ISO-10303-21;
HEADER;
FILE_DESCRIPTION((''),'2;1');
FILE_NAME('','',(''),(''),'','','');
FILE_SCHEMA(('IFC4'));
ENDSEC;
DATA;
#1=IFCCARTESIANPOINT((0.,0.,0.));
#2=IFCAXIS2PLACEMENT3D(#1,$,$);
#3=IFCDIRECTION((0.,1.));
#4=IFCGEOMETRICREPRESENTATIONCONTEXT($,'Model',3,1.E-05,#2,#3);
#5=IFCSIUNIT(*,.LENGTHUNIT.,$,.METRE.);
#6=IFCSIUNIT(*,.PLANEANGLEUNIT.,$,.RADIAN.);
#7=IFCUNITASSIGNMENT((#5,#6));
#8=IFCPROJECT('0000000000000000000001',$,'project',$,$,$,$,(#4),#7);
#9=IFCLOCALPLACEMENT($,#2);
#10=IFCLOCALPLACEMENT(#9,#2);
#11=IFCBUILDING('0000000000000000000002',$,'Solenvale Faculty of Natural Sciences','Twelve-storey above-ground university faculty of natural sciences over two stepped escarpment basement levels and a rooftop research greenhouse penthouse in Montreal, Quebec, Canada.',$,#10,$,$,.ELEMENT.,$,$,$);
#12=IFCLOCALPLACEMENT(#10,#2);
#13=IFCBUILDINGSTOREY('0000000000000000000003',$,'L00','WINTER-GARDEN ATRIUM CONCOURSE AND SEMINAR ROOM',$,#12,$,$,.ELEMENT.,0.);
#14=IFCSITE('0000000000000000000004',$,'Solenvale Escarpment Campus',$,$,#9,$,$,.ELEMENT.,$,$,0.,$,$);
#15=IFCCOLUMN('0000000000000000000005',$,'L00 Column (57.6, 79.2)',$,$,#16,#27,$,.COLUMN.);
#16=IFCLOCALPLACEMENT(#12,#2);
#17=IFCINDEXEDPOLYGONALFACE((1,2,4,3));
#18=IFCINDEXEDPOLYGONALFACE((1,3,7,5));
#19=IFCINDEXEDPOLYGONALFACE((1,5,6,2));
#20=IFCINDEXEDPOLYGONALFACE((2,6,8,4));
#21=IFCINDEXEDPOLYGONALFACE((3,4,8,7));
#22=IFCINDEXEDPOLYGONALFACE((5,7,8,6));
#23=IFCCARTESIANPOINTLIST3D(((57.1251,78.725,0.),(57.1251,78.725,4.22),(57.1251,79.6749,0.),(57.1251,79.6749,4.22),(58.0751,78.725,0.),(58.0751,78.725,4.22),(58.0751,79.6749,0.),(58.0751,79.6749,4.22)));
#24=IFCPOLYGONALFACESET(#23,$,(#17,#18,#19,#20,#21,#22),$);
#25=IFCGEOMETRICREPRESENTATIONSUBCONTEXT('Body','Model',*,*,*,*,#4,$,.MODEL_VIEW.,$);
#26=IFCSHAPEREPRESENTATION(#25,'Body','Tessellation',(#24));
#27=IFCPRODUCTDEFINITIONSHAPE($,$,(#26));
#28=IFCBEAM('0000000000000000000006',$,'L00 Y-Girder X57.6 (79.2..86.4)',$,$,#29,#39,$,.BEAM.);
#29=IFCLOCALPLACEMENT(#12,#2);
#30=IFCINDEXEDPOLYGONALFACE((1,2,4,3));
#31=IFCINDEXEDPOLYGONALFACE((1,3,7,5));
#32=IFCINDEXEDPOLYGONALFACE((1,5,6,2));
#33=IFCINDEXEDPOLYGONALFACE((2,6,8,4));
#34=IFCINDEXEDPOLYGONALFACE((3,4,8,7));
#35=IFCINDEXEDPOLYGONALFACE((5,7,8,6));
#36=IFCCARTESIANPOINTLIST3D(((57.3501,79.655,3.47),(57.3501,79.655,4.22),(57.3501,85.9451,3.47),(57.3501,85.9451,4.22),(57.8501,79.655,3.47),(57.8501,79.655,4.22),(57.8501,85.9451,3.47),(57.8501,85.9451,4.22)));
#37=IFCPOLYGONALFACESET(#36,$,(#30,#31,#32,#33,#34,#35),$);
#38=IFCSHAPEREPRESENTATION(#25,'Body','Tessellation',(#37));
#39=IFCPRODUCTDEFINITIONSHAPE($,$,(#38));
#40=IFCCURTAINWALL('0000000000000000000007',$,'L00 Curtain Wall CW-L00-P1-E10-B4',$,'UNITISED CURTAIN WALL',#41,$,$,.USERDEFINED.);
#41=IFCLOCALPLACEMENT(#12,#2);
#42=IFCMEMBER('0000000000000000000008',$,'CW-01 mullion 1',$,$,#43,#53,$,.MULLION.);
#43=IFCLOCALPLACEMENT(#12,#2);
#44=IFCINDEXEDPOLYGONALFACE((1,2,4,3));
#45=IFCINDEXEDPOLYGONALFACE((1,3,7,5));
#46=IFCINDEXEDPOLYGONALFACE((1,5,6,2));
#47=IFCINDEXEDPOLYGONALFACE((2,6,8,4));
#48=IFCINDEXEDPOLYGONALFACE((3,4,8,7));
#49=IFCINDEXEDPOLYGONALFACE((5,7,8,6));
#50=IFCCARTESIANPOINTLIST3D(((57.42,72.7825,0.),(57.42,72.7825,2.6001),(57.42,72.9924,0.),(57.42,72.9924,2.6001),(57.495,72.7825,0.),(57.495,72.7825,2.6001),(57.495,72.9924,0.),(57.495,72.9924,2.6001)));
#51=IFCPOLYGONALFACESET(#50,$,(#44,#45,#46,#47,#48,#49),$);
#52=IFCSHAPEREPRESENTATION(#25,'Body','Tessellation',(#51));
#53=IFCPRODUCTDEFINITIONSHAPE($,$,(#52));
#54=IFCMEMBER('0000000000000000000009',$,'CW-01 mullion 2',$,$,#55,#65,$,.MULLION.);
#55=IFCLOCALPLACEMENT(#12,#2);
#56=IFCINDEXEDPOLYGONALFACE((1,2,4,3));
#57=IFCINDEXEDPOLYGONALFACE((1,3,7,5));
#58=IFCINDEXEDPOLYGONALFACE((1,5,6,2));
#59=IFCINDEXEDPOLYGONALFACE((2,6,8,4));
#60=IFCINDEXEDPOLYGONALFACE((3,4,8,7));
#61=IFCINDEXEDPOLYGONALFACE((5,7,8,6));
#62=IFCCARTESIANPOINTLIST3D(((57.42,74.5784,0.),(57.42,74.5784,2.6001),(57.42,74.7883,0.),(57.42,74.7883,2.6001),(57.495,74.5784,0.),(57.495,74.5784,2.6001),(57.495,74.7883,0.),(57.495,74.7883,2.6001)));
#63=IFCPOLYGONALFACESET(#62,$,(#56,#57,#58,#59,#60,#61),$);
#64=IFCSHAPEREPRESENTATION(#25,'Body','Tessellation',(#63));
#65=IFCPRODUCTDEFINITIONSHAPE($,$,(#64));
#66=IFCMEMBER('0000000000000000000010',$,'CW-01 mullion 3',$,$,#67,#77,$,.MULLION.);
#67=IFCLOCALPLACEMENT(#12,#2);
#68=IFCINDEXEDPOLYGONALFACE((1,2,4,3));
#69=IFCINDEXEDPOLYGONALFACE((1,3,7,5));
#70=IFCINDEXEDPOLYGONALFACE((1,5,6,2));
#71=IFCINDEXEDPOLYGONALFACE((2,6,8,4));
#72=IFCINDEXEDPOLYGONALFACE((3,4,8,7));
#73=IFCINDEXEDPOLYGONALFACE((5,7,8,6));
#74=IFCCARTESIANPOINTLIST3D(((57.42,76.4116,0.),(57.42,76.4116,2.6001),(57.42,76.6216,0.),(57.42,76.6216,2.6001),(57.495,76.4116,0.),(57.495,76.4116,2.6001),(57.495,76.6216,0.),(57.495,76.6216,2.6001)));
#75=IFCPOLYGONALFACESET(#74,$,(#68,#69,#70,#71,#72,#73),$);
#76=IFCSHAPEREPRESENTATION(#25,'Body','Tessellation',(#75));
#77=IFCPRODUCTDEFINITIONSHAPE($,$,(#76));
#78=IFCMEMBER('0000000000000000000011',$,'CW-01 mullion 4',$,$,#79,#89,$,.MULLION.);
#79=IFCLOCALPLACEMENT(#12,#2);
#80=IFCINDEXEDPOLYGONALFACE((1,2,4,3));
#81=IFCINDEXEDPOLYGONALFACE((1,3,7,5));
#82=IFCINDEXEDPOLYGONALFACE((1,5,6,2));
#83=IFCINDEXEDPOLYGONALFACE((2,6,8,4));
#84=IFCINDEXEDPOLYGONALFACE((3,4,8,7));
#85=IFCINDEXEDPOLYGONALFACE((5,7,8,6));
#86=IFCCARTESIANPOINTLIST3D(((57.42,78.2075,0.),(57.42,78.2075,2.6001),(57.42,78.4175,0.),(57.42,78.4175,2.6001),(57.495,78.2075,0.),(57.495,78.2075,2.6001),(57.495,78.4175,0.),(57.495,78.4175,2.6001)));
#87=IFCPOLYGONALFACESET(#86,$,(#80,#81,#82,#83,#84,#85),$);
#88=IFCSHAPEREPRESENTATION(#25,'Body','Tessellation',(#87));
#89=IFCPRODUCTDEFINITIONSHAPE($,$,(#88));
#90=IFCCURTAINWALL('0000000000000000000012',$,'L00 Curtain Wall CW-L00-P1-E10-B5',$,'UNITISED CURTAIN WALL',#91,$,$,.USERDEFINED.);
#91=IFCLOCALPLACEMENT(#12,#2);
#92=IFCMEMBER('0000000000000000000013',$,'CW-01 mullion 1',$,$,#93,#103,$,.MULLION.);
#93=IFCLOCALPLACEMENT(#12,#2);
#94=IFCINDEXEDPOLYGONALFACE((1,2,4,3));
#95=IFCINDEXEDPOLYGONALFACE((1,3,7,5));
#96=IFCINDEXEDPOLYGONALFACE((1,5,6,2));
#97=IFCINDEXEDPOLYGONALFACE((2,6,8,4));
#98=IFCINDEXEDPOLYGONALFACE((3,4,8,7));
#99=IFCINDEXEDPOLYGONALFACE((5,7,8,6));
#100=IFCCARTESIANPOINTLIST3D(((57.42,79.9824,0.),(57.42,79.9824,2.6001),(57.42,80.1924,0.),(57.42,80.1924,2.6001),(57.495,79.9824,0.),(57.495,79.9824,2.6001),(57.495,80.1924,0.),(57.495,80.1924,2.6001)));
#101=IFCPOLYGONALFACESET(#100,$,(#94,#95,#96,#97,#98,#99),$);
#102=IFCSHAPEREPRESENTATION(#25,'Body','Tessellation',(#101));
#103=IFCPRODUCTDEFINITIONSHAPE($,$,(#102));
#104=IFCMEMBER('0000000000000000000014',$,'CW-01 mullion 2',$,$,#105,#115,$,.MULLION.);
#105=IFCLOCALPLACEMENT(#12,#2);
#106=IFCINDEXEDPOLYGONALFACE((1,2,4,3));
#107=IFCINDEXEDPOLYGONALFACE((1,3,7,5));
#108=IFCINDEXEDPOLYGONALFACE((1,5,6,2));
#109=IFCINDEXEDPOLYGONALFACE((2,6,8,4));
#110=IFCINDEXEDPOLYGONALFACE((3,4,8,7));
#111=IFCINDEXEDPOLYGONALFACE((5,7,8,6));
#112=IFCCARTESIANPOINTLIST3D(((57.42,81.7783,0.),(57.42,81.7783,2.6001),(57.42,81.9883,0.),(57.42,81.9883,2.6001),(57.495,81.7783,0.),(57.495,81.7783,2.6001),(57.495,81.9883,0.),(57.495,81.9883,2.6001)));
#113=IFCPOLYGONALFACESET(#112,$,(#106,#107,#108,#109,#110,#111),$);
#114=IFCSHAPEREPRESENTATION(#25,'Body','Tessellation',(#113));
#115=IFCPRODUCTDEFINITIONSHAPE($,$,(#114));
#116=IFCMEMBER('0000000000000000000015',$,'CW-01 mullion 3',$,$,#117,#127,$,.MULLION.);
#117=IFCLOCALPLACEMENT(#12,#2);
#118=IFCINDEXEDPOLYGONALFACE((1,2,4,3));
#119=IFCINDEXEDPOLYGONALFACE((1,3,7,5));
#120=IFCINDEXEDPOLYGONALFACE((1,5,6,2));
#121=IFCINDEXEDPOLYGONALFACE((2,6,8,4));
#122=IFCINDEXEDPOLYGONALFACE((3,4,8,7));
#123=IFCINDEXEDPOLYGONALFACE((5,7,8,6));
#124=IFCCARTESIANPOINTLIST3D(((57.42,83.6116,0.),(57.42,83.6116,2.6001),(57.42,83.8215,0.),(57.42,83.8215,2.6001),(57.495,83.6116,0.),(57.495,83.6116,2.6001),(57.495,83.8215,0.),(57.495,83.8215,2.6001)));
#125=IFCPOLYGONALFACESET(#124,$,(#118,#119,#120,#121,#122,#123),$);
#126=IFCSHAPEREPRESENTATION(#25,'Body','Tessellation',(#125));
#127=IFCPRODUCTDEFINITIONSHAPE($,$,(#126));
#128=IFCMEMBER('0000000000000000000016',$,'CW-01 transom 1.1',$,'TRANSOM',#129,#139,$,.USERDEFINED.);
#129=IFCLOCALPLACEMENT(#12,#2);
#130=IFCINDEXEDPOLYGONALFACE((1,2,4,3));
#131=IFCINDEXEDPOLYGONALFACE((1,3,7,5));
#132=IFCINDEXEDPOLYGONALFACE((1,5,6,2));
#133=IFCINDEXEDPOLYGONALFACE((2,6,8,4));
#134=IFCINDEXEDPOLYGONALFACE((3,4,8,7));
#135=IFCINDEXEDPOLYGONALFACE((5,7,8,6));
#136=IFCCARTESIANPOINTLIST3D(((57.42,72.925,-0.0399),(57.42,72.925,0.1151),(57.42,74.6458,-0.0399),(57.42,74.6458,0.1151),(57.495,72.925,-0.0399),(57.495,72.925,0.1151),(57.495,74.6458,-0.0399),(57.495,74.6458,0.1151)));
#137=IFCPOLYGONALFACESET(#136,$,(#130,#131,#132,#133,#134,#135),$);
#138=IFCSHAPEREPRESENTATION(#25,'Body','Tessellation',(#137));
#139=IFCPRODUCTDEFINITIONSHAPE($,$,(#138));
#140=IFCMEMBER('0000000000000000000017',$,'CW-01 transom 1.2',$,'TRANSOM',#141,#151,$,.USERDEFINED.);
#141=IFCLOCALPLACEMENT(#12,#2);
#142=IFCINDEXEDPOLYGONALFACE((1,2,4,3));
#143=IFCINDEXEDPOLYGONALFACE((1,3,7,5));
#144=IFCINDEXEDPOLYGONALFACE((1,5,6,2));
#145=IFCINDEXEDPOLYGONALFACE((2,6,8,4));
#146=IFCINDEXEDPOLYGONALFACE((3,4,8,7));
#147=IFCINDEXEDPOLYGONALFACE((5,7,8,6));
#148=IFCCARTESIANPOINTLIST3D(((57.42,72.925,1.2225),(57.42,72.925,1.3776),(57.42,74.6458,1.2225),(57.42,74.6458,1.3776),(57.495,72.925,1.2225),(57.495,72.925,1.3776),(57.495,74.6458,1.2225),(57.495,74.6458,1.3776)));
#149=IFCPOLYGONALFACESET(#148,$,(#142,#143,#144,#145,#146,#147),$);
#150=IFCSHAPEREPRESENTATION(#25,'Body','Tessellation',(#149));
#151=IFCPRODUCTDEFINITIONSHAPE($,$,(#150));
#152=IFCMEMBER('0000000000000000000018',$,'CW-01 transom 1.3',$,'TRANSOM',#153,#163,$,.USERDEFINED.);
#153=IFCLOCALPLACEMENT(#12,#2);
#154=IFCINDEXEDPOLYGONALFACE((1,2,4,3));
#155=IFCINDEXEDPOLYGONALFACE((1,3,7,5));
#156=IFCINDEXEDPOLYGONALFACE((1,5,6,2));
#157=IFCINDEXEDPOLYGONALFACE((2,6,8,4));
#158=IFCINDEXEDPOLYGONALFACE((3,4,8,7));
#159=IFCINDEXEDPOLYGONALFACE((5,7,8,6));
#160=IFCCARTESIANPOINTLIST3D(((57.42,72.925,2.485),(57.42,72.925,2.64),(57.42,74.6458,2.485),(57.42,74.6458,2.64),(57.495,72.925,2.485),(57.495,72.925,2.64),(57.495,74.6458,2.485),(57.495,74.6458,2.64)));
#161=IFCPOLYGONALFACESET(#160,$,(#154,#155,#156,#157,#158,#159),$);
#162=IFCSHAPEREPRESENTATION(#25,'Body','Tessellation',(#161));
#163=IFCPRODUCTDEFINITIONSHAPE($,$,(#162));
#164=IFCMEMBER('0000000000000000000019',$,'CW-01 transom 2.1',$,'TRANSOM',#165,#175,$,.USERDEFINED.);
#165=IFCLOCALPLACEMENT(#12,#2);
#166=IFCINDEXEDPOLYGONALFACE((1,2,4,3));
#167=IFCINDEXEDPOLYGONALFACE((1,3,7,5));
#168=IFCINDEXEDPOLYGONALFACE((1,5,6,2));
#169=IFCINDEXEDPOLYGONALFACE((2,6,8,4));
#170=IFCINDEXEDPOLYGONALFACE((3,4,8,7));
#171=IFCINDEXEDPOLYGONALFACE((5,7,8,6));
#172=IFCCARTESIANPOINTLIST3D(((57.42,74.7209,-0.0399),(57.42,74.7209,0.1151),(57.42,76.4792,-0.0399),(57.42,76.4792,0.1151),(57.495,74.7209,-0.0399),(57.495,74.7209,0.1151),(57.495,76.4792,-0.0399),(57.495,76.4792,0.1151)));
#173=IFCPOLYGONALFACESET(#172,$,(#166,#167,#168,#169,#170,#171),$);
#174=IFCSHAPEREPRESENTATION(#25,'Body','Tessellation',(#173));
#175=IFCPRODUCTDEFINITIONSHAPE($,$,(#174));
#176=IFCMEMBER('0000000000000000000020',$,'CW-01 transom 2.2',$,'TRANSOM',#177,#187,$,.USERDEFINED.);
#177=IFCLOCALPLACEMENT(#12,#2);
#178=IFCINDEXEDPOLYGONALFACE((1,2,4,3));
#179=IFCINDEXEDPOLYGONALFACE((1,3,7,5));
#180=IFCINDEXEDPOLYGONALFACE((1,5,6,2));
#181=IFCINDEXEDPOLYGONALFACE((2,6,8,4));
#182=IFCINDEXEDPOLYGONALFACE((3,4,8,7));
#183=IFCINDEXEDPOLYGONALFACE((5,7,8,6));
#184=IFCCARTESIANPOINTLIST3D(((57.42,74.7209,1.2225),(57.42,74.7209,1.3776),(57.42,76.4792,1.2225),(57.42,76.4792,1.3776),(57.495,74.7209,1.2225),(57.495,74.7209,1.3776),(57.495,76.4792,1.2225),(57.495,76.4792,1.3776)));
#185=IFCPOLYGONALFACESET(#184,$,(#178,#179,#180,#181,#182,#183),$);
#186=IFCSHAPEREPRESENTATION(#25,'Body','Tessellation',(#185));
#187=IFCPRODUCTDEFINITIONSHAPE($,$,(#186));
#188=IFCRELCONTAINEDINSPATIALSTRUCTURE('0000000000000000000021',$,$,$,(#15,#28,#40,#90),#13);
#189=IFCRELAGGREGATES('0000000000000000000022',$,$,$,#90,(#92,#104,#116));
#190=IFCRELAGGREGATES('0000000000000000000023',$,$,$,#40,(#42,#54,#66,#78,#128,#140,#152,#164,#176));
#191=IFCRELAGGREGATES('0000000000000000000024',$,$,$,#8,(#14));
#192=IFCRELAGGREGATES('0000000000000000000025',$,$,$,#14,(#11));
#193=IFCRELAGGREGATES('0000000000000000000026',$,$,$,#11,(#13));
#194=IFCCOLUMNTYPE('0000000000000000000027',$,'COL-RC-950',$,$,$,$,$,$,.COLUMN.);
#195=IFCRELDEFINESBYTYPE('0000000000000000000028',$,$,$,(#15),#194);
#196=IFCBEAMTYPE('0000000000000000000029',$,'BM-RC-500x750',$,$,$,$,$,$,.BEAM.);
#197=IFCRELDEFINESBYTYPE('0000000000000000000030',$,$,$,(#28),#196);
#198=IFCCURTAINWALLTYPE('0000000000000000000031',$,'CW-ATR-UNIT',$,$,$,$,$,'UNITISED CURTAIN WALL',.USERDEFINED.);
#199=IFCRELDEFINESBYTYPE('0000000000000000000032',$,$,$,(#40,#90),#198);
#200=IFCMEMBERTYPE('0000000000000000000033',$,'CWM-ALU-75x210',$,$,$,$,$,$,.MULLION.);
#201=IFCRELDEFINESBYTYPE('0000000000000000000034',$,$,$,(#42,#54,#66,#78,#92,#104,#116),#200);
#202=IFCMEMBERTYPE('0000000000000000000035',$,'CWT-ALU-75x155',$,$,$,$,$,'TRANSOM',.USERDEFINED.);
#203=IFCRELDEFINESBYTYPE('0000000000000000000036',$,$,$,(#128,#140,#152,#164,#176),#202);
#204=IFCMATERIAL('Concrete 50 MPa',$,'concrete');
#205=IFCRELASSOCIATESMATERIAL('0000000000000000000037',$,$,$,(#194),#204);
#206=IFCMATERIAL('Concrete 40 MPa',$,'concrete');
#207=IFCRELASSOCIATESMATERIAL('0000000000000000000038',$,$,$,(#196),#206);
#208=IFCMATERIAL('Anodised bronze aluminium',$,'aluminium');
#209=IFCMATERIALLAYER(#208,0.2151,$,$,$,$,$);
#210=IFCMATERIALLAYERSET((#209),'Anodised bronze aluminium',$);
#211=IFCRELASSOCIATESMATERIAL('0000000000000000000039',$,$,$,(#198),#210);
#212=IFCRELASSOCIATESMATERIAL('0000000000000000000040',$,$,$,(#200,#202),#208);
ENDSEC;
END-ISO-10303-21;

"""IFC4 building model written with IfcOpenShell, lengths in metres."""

from ifc_helpers import new_model, si_unit, direction, frame, origin, origin_2d, place, context, subcontext, project, spatial, rectangle, extrude, material, layer, layer_set, material_profile, profile_set, type_object, element, aggregate, save


model = new_model("IFC4")

# Units and contexts
model_context = context("Model", 3, precision=1e-05, world=origin(), true_north=direction((0.0, 1.0)))
body_context = subcontext(model_context, "Body", "Model", "MODEL_VIEW")
ifc_project = project(units=[si_unit("LENGTHUNIT", "METRE"), si_unit("PLANEANGLEUNIT", "RADIAN")], contexts=[model_context])

# Site, building, storey
site_placement = place(None, origin())
site = spatial("IfcSite", under=ifc_project, at=site_placement, Name="Solenvale Escarpment Campus", CompositionType="ELEMENT", RefElevation=0.0)
building_placement = place(site_placement, origin())
building = spatial("IfcBuilding", under=site, at=building_placement, Name="Solenvale Faculty of Natural Sciences", Description="Twelve-storey above-ground university faculty of natural sciences over two stepped escarpment basement levels and a rooftop research greenhouse penthouse in Montreal, Quebec, Canada.", CompositionType="ELEMENT")
storey_placement = place(building_placement, origin())
storey = spatial("IfcBuildingStorey", under=building, at=storey_placement, Name="L00", Description="WINTER-GARDEN ATRIUM CONCOURSE AND SEMINAR ROOM", CompositionType="ELEMENT", Elevation=0.0)

# Column
ifc_material_1 = material(Name="Concrete 50 MPa", Category="concrete")
ifc_material_profile_1 = material_profile(ifc_material_1, rectangle(XDim=0.95, YDim=0.95, at=origin_2d()), Name="RC-COL-950x950")
ifc_profile_set_1 = profile_set([ifc_material_profile_1], Name="Concrete 50 MPa")
column_type = type_object("IfcColumnType", Name="COL-RC-950", PredefinedType="COLUMN", material=ifc_profile_set_1)
column_placement = place(storey_placement, frame((57.6001, 79.2, 0.0), z_axis=(0.0, 0.0, 1.0), x_axis=(1.0, 0.0, 0.0)))
element("IfcColumn", 1, at=column_placement, inside=storey, type_object=column_type, Name="L00 Column (57.6, 79.2)", PredefinedType="COLUMN", context=body_context, shape_type="SweptSolid", body=[
    extrude(rectangle(XDim=0.95, YDim=0.95, at=origin_2d()), origin(), (0.0, 0.0, 1.0), 4.22),
])

# Beam
ifc_material_2 = material(Name="Concrete 40 MPa", Category="concrete")
ifc_material_profile_2 = material_profile(ifc_material_2, rectangle(XDim=0.5, YDim=0.75, at=origin_2d()), Name="RC-BM-500x750")
ifc_profile_set_2 = profile_set([ifc_material_profile_2], Name="Concrete 40 MPa")
beam_type = type_object("IfcBeamType", Name="BM-RC-500x750", PredefinedType="BEAM", material=ifc_profile_set_2)
beam_placement = place(storey_placement, frame((57.6001, 79.655, 3.845), z_axis=(0.0, 1.0, 0.0), x_axis=(-1.0, 0.0, 0.0)))
element("IfcBeam", 2, at=beam_placement, inside=storey, type_object=beam_type, Name="L00 Y-Girder X57.6 (79.2..86.4)", PredefinedType="BEAM", context=body_context, shape_type="SweptSolid", body=[
    extrude(rectangle(XDim=0.5, YDim=0.75, at=origin_2d()), origin(), (0.0, 0.0, 1.0), 6.29),
])

# Curtain walls, members
ifc_material_3 = material(Name="Anodised bronze aluminium", Category="aluminium")
ifc_layer_1 = layer(ifc_material_3, 0.2151)
ifc_layer_set_1 = layer_set([ifc_layer_1], Name="Anodised bronze aluminium")
curtain_wall_type = type_object("IfcCurtainWallType", Name="CW-ATR-UNIT", ElementType="UNITISED CURTAIN WALL", PredefinedType="USERDEFINED", material=ifc_layer_set_1)
curtain_wall_1_placement = place(storey_placement, origin())
curtain_wall_1 = element("IfcCurtainWall", 3, at=curtain_wall_1_placement, inside=storey, type_object=curtain_wall_type, Name="L00 Curtain Wall CW-L00-P1-E10-B4", ObjectType="UNITISED CURTAIN WALL", PredefinedType="USERDEFINED")
ifc_material_profile_3 = material_profile(ifc_material_3, rectangle(XDim=0.075, YDim=0.21, at=origin_2d()), Name="ALU-MUL-75x210")
ifc_profile_set_3 = profile_set([ifc_material_profile_3], Name="Anodised bronze aluminium")
member_type_1 = type_object("IfcMemberType", Name="CWM-ALU-75x210", PredefinedType="MULLION", material=ifc_profile_set_3)
member_1_placement = place(storey_placement, frame((57.4575, 72.8875, 0.0), z_axis=(0.0, 0.0, 1.0), x_axis=(-1.0, 0.0, 0.0)))
member_1 = element("IfcMember", 4, at=member_1_placement, type_object=member_type_1, Name="CW-01 mullion 1", PredefinedType="MULLION", context=body_context, shape_type="SweptSolid", body=[
    extrude(rectangle(XDim=0.075, YDim=0.21, at=origin_2d()), origin(), (0.0, 0.0, 1.0), 2.6001),
])
member_2_placement = place(storey_placement, frame((57.4575, 74.6833, 0.0), z_axis=(0.0, 0.0, 1.0), x_axis=(-1.0, 0.0, 0.0)))
member_2 = element("IfcMember", 5, at=member_2_placement, type_object=member_type_1, Name="CW-01 mullion 2", PredefinedType="MULLION", context=body_context, shape_type="SweptSolid", body=[
    extrude(rectangle(XDim=0.075, YDim=0.21, at=origin_2d()), origin(), (0.0, 0.0, 1.0), 2.6001),
])
member_3_placement = place(storey_placement, frame((57.4575, 76.5166, 0.0), z_axis=(0.0, 0.0, 1.0), x_axis=(-1.0, 0.0, 0.0)))
member_3 = element("IfcMember", 6, at=member_3_placement, type_object=member_type_1, Name="CW-01 mullion 3", PredefinedType="MULLION", context=body_context, shape_type="SweptSolid", body=[
    extrude(rectangle(XDim=0.075, YDim=0.21, at=origin_2d()), origin(), (0.0, 0.0, 1.0), 2.6001),
])
member_4_placement = place(storey_placement, frame((57.4575, 78.3125, 0.0), z_axis=(0.0, 0.0, 1.0), x_axis=(-1.0, 0.0, 0.0)))
member_4 = element("IfcMember", 7, at=member_4_placement, type_object=member_type_1, Name="CW-01 mullion 4", PredefinedType="MULLION", context=body_context, shape_type="SweptSolid", body=[
    extrude(rectangle(XDim=0.075, YDim=0.21, at=origin_2d()), origin(), (0.0, 0.0, 1.0), 2.6001),
])
curtain_wall_2_placement = place(storey_placement, origin())
curtain_wall_2 = element("IfcCurtainWall", 8, at=curtain_wall_2_placement, inside=storey, type_object=curtain_wall_type, Name="L00 Curtain Wall CW-L00-P1-E10-B5", ObjectType="UNITISED CURTAIN WALL", PredefinedType="USERDEFINED")
member_5_placement = place(storey_placement, frame((57.4575, 80.0874, 0.0), z_axis=(0.0, 0.0, 1.0), x_axis=(-1.0, 0.0, 0.0)))
member_5 = element("IfcMember", 9, at=member_5_placement, type_object=member_type_1, Name="CW-01 mullion 1", PredefinedType="MULLION", context=body_context, shape_type="SweptSolid", body=[
    extrude(rectangle(XDim=0.075, YDim=0.21, at=origin_2d()), origin(), (0.0, 0.0, 1.0), 2.6001),
])
member_6_placement = place(storey_placement, frame((57.4575, 81.8833, 0.0), z_axis=(0.0, 0.0, 1.0), x_axis=(-1.0, 0.0, 0.0)))
member_6 = element("IfcMember", 10, at=member_6_placement, type_object=member_type_1, Name="CW-01 mullion 2", PredefinedType="MULLION", context=body_context, shape_type="SweptSolid", body=[
    extrude(rectangle(XDim=0.075, YDim=0.21, at=origin_2d()), origin(), (0.0, 0.0, 1.0), 2.6001),
])
member_7_placement = place(storey_placement, frame((57.4575, 83.7166, 0.0), z_axis=(0.0, 0.0, 1.0), x_axis=(-1.0, 0.0, 0.0)))
member_7 = element("IfcMember", 11, at=member_7_placement, type_object=member_type_1, Name="CW-01 mullion 3", PredefinedType="MULLION", context=body_context, shape_type="SweptSolid", body=[
    extrude(rectangle(XDim=0.075, YDim=0.21, at=origin_2d()), origin(), (0.0, 0.0, 1.0), 2.6001),
])

# Members
ifc_material_profile_4 = material_profile(ifc_material_3, rectangle(XDim=0.075, YDim=0.155, at=origin_2d()), Name="ALU-TRN-75x155")
ifc_profile_set_4 = profile_set([ifc_material_profile_4], Name="Anodised bronze aluminium")
member_type_2 = type_object("IfcMemberType", Name="CWT-ALU-75x155", ElementType="TRANSOM", PredefinedType="USERDEFINED", material=ifc_profile_set_4)
member_8_placement = place(storey_placement, frame((57.4575, 72.925, 0.0376), z_axis=(0.0, 1.0, 0.0), x_axis=(-1.0, 0.0, 0.0)))
member_8 = element("IfcMember", 12, at=member_8_placement, type_object=member_type_2, Name="CW-01 transom 1.1", ObjectType="TRANSOM", PredefinedType="USERDEFINED", context=body_context, shape_type="SweptSolid", body=[
    extrude(rectangle(XDim=0.075, YDim=0.155, at=origin_2d()), origin(), (0.0, 0.0, 1.0), 1.7207),
])
member_9_placement = place(storey_placement, frame((57.4575, 72.925, 1.3), z_axis=(0.0, 1.0, 0.0), x_axis=(-1.0, 0.0, 0.0)))
member_9 = element("IfcMember", 13, at=member_9_placement, type_object=member_type_2, Name="CW-01 transom 1.2", ObjectType="TRANSOM", PredefinedType="USERDEFINED", context=body_context, shape_type="SweptSolid", body=[
    extrude(rectangle(XDim=0.075, YDim=0.155, at=origin_2d()), origin(), (0.0, 0.0, 1.0), 1.7207),
])
member_10_placement = place(storey_placement, frame((57.4575, 72.925, 2.5625), z_axis=(0.0, 1.0, 0.0), x_axis=(-1.0, 0.0, 0.0)))
member_10 = element("IfcMember", 14, at=member_10_placement, type_object=member_type_2, Name="CW-01 transom 1.3", ObjectType="TRANSOM", PredefinedType="USERDEFINED", context=body_context, shape_type="SweptSolid", body=[
    extrude(rectangle(XDim=0.075, YDim=0.155, at=origin_2d()), origin(), (0.0, 0.0, 1.0), 1.7207),
])
member_11_placement = place(storey_placement, frame((57.4575, 74.7209, 0.0376), z_axis=(0.0, 1.0, 0.0), x_axis=(-1.0, 0.0, 0.0)))
member_11 = element("IfcMember", 15, at=member_11_placement, type_object=member_type_2, Name="CW-01 transom 2.1", ObjectType="TRANSOM", PredefinedType="USERDEFINED", context=body_context, shape_type="SweptSolid", body=[
    extrude(rectangle(XDim=0.075, YDim=0.155, at=origin_2d()), origin(), (0.0, 0.0, 1.0), 1.7583),
])
member_12_placement = place(storey_placement, frame((57.4575, 74.7209, 1.3), z_axis=(0.0, 1.0, 0.0), x_axis=(-1.0, 0.0, 0.0)))
member_12 = element("IfcMember", 16, at=member_12_placement, type_object=member_type_2, Name="CW-01 transom 2.2", ObjectType="TRANSOM", PredefinedType="USERDEFINED", context=body_context, shape_type="SweptSolid", body=[
    extrude(rectangle(XDim=0.075, YDim=0.155, at=origin_2d()), origin(), (0.0, 0.0, 1.0), 1.7583),
])

aggregate(curtain_wall_2, [member_5, member_6, member_7])
aggregate(curtain_wall_1, [member_1, member_2, member_3, member_4, member_8, member_9, member_10, member_11, member_12])

save(model, "model.ifc")
